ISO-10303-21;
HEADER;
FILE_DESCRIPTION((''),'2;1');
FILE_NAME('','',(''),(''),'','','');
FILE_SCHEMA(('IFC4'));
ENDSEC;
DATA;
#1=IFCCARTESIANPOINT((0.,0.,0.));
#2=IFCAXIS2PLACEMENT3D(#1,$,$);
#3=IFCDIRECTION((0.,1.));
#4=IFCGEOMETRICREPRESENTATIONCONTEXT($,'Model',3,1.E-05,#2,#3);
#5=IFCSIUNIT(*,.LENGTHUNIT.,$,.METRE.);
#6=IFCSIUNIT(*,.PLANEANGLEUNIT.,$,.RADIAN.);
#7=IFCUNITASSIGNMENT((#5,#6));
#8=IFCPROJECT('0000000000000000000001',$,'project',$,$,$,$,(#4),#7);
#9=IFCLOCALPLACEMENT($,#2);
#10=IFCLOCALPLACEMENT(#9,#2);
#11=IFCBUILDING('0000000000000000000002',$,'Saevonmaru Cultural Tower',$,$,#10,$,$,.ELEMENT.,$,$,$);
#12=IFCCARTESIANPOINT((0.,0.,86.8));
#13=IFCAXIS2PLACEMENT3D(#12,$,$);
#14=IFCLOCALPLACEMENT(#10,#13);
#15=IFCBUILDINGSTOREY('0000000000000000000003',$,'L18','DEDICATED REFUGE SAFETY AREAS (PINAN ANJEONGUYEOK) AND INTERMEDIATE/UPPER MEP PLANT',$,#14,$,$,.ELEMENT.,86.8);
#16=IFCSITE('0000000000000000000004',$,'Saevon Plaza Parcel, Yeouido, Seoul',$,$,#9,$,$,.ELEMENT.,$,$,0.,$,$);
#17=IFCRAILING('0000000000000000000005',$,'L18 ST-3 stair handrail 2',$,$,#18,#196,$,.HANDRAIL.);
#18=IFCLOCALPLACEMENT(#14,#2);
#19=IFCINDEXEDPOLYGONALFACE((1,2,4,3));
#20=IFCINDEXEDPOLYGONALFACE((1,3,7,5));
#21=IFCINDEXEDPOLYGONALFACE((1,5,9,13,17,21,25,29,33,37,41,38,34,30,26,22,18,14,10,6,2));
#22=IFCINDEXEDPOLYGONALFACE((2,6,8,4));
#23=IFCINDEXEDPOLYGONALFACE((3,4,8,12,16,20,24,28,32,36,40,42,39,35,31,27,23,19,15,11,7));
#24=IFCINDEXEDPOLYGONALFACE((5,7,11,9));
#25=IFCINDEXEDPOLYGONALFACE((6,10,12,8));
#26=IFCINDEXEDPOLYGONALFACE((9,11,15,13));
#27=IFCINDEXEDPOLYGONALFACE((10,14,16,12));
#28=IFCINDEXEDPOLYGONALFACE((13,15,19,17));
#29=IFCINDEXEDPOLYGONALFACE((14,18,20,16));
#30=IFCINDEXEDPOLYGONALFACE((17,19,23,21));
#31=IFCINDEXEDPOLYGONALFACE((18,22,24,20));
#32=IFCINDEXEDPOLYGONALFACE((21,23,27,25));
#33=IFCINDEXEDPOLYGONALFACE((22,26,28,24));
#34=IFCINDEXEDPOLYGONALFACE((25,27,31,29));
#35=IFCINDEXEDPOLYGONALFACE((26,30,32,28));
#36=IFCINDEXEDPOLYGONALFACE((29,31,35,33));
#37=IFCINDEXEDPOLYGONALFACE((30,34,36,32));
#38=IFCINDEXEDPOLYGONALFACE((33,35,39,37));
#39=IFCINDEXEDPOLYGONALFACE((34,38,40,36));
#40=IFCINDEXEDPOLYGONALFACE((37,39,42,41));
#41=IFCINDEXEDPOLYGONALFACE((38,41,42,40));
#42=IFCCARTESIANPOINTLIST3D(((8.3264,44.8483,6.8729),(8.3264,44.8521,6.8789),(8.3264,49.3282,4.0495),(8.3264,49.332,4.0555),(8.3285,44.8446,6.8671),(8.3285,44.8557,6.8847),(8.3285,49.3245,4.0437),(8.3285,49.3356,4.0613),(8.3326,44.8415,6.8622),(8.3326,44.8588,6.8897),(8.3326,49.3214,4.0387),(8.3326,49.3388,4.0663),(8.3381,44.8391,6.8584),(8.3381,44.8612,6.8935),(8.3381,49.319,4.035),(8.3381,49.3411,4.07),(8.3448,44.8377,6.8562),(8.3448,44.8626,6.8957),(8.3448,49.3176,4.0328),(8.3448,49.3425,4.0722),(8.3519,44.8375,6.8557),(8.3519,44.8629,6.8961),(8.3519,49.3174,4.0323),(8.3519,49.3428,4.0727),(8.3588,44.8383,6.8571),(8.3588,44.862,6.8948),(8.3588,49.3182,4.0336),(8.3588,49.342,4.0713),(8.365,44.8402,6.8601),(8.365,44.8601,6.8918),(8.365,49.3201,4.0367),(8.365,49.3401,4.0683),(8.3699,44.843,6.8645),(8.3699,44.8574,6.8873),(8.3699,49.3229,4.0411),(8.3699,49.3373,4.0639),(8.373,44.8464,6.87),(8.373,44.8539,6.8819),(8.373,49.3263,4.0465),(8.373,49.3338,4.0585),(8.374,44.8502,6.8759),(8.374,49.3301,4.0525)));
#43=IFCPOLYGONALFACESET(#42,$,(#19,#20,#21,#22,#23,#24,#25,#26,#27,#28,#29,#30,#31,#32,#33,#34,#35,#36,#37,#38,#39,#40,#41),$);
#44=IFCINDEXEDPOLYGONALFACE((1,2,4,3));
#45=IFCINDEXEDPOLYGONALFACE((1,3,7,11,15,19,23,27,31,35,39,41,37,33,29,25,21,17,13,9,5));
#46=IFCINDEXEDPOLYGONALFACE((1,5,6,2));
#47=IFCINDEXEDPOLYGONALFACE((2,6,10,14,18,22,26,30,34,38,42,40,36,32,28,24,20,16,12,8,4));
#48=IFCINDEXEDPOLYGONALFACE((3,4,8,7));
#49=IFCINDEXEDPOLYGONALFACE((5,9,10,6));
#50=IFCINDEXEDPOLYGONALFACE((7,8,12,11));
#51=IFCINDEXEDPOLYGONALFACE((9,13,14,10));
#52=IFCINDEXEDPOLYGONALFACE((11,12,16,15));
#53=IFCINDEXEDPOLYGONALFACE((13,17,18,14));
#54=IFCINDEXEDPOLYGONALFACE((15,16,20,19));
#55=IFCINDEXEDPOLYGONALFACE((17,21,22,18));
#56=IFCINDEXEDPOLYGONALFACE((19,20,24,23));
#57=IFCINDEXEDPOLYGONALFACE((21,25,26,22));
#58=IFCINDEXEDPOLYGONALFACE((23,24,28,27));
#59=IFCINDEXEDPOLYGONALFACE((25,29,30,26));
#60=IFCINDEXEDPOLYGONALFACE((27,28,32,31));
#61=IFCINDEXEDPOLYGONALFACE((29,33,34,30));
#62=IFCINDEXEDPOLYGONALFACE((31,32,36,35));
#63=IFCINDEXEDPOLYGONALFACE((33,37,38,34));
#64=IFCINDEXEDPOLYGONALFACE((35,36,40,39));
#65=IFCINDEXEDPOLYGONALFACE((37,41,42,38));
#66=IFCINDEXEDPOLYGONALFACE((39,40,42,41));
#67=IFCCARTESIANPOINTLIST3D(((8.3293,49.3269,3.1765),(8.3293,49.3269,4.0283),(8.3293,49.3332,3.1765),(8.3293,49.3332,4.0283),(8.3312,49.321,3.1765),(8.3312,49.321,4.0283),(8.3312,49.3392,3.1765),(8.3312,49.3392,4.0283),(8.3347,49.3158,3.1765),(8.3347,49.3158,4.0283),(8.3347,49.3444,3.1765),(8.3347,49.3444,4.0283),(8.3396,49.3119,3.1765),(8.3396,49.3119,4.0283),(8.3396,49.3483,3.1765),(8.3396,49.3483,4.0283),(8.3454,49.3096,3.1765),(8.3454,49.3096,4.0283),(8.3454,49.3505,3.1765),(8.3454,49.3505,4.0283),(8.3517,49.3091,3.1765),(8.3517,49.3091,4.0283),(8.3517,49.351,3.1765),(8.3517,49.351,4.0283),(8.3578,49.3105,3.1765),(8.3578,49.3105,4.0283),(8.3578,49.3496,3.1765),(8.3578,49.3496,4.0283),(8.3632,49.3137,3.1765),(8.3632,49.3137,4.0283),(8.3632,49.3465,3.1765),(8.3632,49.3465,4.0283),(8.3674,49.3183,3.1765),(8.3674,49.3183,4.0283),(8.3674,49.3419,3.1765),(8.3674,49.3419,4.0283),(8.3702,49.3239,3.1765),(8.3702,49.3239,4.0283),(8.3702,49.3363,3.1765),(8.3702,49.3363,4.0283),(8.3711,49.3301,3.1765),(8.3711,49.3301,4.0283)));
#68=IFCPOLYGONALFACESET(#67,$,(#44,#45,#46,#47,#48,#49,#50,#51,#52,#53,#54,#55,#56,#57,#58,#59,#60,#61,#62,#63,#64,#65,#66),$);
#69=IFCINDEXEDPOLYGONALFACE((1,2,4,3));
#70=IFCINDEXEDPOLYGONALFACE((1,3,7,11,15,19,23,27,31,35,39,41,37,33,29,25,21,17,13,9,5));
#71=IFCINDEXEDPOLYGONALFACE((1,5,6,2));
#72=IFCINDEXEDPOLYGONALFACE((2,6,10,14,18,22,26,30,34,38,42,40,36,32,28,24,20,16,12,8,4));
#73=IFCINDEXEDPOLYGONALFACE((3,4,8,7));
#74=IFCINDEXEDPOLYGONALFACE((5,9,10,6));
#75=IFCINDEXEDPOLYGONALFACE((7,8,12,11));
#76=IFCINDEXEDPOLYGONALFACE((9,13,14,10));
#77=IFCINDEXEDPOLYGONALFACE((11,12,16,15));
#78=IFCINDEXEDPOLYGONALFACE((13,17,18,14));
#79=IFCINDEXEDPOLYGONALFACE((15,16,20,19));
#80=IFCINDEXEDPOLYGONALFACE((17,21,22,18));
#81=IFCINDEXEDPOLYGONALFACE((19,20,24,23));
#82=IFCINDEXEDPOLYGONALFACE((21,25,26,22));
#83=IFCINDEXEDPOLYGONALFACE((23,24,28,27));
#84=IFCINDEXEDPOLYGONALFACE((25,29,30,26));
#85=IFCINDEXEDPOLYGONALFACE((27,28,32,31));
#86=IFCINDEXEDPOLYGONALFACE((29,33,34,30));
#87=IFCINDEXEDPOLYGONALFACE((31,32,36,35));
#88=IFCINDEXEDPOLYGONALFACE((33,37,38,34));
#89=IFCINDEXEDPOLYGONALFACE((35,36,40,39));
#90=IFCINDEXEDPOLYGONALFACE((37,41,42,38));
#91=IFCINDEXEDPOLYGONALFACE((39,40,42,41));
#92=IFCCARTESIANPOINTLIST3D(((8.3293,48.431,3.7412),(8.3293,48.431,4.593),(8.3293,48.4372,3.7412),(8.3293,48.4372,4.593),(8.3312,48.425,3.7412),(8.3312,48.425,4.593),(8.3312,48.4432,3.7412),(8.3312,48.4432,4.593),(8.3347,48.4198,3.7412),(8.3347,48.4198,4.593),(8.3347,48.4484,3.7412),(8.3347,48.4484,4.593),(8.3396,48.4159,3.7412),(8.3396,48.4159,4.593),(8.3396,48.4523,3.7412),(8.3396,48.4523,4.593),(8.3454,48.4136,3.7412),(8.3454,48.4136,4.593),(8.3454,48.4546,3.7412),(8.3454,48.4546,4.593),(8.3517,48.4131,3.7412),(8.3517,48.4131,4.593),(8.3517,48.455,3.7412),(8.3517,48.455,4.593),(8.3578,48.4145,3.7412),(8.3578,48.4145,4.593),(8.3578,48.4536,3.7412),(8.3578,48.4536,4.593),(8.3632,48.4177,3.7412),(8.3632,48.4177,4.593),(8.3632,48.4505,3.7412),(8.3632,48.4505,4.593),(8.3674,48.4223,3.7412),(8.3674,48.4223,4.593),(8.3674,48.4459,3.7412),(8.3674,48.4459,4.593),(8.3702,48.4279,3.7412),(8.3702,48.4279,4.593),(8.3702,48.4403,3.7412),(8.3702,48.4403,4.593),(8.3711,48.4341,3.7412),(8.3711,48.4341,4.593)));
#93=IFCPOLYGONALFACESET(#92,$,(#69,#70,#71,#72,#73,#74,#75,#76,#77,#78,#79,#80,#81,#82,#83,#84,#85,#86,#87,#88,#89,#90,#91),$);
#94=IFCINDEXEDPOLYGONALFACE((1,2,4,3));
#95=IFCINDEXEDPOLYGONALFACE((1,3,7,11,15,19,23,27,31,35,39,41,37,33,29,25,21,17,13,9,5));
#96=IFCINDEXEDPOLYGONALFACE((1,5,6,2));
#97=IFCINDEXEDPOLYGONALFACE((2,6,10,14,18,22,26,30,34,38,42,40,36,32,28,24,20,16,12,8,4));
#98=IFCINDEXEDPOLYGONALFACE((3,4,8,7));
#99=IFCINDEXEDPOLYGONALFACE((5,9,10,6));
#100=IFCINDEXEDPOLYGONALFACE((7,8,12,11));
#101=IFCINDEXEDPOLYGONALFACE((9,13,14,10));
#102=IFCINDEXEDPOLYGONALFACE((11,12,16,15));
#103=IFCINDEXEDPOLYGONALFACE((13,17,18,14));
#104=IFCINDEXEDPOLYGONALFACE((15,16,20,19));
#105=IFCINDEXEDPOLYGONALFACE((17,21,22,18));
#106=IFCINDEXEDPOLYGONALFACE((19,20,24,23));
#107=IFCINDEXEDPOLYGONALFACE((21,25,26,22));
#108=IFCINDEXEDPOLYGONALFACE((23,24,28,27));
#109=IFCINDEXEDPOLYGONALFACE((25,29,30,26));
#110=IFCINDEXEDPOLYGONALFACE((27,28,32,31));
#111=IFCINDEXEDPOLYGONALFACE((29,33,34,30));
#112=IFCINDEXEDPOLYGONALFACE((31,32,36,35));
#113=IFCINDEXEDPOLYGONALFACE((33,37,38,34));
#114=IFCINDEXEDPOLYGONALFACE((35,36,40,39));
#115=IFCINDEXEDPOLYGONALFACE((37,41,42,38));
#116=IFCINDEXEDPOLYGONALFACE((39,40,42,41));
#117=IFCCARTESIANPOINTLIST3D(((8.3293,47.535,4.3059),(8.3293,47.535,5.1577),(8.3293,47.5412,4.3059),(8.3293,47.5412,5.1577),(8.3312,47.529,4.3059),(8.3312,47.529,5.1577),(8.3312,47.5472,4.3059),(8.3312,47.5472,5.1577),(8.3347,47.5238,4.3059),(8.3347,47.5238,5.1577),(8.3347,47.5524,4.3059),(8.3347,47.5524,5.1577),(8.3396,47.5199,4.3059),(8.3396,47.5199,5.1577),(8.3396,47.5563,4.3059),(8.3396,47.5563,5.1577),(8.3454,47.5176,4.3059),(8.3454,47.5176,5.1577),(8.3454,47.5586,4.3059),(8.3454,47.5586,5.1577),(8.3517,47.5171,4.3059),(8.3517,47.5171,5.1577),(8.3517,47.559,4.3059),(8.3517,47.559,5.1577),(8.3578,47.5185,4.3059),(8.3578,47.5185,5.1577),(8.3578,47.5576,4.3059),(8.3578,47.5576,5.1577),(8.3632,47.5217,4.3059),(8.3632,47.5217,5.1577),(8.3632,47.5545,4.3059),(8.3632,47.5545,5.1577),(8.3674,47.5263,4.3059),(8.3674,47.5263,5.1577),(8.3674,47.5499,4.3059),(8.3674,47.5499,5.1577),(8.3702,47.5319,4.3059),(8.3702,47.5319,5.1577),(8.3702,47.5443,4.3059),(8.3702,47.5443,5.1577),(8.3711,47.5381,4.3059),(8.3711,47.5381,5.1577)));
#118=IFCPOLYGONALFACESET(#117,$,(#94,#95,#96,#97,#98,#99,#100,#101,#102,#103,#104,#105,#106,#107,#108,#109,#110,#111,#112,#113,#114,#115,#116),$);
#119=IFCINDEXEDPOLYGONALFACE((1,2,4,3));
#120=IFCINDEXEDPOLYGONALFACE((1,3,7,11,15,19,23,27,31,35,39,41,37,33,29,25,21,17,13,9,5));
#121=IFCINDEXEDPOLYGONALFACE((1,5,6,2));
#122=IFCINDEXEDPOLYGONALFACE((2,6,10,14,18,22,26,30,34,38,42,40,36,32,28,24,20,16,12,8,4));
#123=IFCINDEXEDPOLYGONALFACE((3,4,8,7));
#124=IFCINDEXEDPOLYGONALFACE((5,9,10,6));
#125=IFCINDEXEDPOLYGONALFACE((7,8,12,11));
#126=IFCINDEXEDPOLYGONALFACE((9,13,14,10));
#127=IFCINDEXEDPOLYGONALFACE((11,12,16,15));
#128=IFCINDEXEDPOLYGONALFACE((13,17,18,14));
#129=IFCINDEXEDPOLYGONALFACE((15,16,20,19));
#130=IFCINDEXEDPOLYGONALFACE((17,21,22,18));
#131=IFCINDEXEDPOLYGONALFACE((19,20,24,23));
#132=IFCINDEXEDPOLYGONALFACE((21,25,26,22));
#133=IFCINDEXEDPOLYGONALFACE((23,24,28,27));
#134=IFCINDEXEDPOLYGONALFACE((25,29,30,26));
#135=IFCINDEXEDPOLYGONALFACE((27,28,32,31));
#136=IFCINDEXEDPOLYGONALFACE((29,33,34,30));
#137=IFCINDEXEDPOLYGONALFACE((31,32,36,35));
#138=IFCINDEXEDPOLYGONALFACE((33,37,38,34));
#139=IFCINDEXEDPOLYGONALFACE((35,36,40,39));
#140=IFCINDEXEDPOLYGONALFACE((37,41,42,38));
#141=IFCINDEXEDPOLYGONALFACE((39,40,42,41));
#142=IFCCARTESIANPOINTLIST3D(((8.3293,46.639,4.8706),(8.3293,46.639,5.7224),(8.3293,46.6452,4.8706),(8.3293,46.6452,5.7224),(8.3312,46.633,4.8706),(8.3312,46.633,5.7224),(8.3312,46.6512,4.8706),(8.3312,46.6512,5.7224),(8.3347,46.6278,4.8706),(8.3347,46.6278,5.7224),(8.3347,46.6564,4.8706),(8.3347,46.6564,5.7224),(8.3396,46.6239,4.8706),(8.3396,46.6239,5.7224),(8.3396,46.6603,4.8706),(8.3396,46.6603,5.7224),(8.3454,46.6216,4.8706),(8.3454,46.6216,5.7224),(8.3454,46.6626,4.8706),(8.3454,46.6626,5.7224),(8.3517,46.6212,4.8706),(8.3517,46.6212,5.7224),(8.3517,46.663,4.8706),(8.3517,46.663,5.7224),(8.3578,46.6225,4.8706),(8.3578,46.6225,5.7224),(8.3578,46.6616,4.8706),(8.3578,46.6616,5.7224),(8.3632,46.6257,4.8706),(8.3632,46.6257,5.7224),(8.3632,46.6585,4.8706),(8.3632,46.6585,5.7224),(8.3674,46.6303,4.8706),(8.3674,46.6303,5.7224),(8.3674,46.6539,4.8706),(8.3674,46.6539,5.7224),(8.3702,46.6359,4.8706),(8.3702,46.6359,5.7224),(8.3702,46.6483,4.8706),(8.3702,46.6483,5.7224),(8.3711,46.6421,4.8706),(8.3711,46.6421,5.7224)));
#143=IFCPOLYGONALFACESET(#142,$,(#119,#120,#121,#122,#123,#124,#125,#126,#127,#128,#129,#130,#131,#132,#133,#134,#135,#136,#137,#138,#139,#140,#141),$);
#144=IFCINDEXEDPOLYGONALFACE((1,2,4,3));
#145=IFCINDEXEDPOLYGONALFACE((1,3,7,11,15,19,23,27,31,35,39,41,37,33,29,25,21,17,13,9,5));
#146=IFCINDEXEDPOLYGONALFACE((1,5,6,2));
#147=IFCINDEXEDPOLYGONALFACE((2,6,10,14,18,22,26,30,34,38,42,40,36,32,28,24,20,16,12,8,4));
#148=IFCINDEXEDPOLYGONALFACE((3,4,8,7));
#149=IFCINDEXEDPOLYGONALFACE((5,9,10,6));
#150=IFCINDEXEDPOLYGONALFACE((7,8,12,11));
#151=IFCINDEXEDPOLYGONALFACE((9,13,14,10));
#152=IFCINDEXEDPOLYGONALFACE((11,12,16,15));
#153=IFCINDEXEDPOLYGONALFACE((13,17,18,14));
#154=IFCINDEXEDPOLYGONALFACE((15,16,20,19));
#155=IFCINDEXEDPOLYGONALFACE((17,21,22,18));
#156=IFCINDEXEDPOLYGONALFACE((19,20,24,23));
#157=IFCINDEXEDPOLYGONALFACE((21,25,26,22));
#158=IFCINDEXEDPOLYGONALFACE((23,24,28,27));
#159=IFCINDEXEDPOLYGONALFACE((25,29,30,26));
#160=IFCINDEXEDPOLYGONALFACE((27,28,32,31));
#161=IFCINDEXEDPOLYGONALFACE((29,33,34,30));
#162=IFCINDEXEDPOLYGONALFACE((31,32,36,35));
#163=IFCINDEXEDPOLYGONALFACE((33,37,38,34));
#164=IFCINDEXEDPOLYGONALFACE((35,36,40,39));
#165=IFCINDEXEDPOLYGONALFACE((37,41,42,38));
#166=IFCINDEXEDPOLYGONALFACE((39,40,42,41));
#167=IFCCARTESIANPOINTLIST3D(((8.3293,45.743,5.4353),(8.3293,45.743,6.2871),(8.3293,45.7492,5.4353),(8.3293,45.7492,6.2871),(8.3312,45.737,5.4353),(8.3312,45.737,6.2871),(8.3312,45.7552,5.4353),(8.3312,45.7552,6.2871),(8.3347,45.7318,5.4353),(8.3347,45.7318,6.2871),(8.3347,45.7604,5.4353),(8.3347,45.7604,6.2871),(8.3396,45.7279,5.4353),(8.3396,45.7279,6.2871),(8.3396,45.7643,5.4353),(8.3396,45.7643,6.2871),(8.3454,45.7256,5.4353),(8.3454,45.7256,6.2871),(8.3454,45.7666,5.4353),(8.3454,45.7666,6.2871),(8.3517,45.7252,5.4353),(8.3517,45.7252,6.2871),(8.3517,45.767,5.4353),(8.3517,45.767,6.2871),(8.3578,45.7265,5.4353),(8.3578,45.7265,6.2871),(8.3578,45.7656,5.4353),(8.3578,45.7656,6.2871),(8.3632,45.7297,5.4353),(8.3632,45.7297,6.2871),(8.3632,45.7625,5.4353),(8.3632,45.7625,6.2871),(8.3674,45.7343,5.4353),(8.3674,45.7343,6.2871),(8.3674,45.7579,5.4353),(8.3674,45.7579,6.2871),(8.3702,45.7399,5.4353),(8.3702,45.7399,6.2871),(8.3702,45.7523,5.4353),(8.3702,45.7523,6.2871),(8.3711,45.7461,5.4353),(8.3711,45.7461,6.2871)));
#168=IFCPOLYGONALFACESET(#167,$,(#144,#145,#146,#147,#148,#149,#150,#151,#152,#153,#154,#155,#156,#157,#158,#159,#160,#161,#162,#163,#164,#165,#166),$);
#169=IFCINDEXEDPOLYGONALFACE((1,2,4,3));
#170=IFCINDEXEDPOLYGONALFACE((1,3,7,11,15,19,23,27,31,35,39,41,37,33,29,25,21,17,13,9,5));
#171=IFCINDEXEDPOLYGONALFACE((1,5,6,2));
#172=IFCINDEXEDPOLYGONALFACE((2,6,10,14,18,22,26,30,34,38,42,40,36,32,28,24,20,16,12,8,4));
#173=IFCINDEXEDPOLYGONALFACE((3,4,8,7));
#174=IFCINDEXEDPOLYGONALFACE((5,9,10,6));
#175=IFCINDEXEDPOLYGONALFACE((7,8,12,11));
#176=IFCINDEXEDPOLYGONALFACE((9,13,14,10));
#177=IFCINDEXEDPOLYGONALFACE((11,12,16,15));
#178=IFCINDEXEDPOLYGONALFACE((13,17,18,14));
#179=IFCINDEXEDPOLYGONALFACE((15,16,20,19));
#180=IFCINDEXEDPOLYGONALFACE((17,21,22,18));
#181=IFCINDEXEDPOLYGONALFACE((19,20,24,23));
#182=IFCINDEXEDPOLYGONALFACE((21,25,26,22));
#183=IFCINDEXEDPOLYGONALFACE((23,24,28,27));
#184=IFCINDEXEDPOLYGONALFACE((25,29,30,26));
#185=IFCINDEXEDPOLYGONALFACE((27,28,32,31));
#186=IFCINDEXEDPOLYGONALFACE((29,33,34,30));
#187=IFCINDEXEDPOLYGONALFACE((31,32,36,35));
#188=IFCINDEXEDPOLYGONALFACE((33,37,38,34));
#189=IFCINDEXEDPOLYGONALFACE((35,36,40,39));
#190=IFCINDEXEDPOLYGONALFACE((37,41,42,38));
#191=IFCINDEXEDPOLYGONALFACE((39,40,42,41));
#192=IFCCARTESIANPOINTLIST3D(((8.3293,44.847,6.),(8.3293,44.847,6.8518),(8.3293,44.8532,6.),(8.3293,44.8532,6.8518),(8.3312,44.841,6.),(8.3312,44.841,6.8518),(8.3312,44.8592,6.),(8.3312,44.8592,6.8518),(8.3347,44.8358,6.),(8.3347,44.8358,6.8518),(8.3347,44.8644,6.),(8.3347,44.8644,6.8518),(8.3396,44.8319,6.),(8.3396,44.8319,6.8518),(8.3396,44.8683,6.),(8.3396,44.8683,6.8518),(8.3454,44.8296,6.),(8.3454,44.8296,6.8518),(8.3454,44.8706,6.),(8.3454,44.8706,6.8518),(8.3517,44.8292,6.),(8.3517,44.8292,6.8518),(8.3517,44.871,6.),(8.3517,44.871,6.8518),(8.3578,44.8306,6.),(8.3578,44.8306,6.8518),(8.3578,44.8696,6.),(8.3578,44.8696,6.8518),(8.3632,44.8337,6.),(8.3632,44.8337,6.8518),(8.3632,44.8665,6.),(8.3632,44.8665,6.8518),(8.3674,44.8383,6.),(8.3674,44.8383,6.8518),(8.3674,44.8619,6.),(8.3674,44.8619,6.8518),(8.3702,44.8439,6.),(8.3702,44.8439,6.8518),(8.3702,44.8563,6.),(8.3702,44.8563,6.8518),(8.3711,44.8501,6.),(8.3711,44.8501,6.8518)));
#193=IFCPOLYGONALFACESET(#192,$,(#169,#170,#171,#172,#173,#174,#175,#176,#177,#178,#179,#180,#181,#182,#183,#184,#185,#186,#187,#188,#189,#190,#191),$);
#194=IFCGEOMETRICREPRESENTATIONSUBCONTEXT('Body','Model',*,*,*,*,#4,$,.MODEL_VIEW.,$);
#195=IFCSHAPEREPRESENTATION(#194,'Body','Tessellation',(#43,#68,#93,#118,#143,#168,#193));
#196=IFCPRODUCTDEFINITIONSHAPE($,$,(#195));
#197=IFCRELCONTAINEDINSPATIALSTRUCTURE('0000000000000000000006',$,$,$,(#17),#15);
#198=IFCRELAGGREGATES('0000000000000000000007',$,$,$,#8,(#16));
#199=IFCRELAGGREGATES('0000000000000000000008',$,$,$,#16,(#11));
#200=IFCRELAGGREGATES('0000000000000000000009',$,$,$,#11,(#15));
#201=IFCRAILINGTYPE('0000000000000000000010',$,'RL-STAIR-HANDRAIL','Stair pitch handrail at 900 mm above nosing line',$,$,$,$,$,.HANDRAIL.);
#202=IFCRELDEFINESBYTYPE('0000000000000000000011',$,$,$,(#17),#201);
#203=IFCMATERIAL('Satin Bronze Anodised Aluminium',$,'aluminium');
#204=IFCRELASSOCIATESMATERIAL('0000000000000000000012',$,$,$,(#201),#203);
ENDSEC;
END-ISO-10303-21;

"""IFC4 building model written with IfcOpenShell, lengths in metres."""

from ifc_helpers import new_model, si_unit, direction, frame, origin, origin_2d, place, context, subcontext, project, spatial, circle, extrude, material, type_object, element, save


model = new_model("IFC4")

# Units and contexts
model_context = context("Model", 3, precision=1e-05, world=origin(), true_north=direction((0.0, 1.0)))
body_context = subcontext(model_context, "Body", "Model", "MODEL_VIEW")
ifc_project = project(units=[si_unit("LENGTHUNIT", "METRE"), si_unit("PLANEANGLEUNIT", "RADIAN")], contexts=[model_context])

# Site, building, storey
site_placement = place(None, origin())
site = spatial("IfcSite", under=ifc_project, at=site_placement, Name="Saevon Plaza Parcel, Yeouido, Seoul", CompositionType="ELEMENT", RefElevation=0.0)
building_placement = place(site_placement, origin())
building = spatial("IfcBuilding", under=site, at=building_placement, Name="Saevonmaru Cultural Tower", CompositionType="ELEMENT")
storey_placement = place(building_placement, frame((0.0, 0.0, 86.8)))
storey = spatial("IfcBuildingStorey", under=building, at=storey_placement, Name="L18", Description="DEDICATED REFUGE SAFETY AREAS (PINAN ANJEONGUYEOK) AND INTERMEDIATE/UPPER MEP PLANT", CompositionType="ELEMENT", Elevation=86.8)

# Shared definitions
ifc_material_1 = material(Name="Satin Bronze Anodised Aluminium", Category="aluminium")

# Railing
railing_type_1 = type_object("IfcRailingType", Name="RL-STAIR-HANDRAIL", Description="Stair pitch handrail at 900 mm above nosing line", PredefinedType="HANDRAIL", material=ifc_material_1)
railing_1_placement = place(storey_placement, frame((8.3501, 49.3301, 3.1765)))
element("IfcRailing", 1, at=railing_1_placement, inside=storey, type_object=railing_type_1, Name="L18 ST-3 stair handrail 2", PredefinedType="HANDRAIL", context=body_context, shape_type="SweptSolid", body=[
    extrude(circle(Radius=0.0239, at=origin_2d()), frame((0.0, 0.0, 0.876), z_axis=(0.0, -0.845998, 0.533186), x_axis=(1.0, 0.0, 0.0)), (0.0, 0.0, 1.0), 5.2954),
    extrude(circle(Radius=0.021, at=origin_2d()), origin(), (0.0, 0.0, 1.0), 0.8518),
    extrude(circle(Radius=0.021, at=origin_2d()), frame((0.0, -0.896, 0.5647)), (0.0, 0.0, 1.0), 0.8518),
    extrude(circle(Radius=0.021, at=origin_2d()), frame((0.0, -1.792, 1.1294)), (0.0, 0.0, 1.0), 0.8518),
    extrude(circle(Radius=0.021, at=origin_2d()), frame((0.0, -2.688, 1.6941)), (0.0, 0.0, 1.0), 0.8518),
    extrude(circle(Radius=0.021, at=origin_2d()), frame((0.0, -3.584, 2.2588)), (0.0, 0.0, 1.0), 0.8518),
    extrude(circle(Radius=0.021, at=origin_2d()), frame((0.0, -4.48, 2.8235)), (0.0, 0.0, 1.0), 0.8518),
])

save(model, "model.ifc")
